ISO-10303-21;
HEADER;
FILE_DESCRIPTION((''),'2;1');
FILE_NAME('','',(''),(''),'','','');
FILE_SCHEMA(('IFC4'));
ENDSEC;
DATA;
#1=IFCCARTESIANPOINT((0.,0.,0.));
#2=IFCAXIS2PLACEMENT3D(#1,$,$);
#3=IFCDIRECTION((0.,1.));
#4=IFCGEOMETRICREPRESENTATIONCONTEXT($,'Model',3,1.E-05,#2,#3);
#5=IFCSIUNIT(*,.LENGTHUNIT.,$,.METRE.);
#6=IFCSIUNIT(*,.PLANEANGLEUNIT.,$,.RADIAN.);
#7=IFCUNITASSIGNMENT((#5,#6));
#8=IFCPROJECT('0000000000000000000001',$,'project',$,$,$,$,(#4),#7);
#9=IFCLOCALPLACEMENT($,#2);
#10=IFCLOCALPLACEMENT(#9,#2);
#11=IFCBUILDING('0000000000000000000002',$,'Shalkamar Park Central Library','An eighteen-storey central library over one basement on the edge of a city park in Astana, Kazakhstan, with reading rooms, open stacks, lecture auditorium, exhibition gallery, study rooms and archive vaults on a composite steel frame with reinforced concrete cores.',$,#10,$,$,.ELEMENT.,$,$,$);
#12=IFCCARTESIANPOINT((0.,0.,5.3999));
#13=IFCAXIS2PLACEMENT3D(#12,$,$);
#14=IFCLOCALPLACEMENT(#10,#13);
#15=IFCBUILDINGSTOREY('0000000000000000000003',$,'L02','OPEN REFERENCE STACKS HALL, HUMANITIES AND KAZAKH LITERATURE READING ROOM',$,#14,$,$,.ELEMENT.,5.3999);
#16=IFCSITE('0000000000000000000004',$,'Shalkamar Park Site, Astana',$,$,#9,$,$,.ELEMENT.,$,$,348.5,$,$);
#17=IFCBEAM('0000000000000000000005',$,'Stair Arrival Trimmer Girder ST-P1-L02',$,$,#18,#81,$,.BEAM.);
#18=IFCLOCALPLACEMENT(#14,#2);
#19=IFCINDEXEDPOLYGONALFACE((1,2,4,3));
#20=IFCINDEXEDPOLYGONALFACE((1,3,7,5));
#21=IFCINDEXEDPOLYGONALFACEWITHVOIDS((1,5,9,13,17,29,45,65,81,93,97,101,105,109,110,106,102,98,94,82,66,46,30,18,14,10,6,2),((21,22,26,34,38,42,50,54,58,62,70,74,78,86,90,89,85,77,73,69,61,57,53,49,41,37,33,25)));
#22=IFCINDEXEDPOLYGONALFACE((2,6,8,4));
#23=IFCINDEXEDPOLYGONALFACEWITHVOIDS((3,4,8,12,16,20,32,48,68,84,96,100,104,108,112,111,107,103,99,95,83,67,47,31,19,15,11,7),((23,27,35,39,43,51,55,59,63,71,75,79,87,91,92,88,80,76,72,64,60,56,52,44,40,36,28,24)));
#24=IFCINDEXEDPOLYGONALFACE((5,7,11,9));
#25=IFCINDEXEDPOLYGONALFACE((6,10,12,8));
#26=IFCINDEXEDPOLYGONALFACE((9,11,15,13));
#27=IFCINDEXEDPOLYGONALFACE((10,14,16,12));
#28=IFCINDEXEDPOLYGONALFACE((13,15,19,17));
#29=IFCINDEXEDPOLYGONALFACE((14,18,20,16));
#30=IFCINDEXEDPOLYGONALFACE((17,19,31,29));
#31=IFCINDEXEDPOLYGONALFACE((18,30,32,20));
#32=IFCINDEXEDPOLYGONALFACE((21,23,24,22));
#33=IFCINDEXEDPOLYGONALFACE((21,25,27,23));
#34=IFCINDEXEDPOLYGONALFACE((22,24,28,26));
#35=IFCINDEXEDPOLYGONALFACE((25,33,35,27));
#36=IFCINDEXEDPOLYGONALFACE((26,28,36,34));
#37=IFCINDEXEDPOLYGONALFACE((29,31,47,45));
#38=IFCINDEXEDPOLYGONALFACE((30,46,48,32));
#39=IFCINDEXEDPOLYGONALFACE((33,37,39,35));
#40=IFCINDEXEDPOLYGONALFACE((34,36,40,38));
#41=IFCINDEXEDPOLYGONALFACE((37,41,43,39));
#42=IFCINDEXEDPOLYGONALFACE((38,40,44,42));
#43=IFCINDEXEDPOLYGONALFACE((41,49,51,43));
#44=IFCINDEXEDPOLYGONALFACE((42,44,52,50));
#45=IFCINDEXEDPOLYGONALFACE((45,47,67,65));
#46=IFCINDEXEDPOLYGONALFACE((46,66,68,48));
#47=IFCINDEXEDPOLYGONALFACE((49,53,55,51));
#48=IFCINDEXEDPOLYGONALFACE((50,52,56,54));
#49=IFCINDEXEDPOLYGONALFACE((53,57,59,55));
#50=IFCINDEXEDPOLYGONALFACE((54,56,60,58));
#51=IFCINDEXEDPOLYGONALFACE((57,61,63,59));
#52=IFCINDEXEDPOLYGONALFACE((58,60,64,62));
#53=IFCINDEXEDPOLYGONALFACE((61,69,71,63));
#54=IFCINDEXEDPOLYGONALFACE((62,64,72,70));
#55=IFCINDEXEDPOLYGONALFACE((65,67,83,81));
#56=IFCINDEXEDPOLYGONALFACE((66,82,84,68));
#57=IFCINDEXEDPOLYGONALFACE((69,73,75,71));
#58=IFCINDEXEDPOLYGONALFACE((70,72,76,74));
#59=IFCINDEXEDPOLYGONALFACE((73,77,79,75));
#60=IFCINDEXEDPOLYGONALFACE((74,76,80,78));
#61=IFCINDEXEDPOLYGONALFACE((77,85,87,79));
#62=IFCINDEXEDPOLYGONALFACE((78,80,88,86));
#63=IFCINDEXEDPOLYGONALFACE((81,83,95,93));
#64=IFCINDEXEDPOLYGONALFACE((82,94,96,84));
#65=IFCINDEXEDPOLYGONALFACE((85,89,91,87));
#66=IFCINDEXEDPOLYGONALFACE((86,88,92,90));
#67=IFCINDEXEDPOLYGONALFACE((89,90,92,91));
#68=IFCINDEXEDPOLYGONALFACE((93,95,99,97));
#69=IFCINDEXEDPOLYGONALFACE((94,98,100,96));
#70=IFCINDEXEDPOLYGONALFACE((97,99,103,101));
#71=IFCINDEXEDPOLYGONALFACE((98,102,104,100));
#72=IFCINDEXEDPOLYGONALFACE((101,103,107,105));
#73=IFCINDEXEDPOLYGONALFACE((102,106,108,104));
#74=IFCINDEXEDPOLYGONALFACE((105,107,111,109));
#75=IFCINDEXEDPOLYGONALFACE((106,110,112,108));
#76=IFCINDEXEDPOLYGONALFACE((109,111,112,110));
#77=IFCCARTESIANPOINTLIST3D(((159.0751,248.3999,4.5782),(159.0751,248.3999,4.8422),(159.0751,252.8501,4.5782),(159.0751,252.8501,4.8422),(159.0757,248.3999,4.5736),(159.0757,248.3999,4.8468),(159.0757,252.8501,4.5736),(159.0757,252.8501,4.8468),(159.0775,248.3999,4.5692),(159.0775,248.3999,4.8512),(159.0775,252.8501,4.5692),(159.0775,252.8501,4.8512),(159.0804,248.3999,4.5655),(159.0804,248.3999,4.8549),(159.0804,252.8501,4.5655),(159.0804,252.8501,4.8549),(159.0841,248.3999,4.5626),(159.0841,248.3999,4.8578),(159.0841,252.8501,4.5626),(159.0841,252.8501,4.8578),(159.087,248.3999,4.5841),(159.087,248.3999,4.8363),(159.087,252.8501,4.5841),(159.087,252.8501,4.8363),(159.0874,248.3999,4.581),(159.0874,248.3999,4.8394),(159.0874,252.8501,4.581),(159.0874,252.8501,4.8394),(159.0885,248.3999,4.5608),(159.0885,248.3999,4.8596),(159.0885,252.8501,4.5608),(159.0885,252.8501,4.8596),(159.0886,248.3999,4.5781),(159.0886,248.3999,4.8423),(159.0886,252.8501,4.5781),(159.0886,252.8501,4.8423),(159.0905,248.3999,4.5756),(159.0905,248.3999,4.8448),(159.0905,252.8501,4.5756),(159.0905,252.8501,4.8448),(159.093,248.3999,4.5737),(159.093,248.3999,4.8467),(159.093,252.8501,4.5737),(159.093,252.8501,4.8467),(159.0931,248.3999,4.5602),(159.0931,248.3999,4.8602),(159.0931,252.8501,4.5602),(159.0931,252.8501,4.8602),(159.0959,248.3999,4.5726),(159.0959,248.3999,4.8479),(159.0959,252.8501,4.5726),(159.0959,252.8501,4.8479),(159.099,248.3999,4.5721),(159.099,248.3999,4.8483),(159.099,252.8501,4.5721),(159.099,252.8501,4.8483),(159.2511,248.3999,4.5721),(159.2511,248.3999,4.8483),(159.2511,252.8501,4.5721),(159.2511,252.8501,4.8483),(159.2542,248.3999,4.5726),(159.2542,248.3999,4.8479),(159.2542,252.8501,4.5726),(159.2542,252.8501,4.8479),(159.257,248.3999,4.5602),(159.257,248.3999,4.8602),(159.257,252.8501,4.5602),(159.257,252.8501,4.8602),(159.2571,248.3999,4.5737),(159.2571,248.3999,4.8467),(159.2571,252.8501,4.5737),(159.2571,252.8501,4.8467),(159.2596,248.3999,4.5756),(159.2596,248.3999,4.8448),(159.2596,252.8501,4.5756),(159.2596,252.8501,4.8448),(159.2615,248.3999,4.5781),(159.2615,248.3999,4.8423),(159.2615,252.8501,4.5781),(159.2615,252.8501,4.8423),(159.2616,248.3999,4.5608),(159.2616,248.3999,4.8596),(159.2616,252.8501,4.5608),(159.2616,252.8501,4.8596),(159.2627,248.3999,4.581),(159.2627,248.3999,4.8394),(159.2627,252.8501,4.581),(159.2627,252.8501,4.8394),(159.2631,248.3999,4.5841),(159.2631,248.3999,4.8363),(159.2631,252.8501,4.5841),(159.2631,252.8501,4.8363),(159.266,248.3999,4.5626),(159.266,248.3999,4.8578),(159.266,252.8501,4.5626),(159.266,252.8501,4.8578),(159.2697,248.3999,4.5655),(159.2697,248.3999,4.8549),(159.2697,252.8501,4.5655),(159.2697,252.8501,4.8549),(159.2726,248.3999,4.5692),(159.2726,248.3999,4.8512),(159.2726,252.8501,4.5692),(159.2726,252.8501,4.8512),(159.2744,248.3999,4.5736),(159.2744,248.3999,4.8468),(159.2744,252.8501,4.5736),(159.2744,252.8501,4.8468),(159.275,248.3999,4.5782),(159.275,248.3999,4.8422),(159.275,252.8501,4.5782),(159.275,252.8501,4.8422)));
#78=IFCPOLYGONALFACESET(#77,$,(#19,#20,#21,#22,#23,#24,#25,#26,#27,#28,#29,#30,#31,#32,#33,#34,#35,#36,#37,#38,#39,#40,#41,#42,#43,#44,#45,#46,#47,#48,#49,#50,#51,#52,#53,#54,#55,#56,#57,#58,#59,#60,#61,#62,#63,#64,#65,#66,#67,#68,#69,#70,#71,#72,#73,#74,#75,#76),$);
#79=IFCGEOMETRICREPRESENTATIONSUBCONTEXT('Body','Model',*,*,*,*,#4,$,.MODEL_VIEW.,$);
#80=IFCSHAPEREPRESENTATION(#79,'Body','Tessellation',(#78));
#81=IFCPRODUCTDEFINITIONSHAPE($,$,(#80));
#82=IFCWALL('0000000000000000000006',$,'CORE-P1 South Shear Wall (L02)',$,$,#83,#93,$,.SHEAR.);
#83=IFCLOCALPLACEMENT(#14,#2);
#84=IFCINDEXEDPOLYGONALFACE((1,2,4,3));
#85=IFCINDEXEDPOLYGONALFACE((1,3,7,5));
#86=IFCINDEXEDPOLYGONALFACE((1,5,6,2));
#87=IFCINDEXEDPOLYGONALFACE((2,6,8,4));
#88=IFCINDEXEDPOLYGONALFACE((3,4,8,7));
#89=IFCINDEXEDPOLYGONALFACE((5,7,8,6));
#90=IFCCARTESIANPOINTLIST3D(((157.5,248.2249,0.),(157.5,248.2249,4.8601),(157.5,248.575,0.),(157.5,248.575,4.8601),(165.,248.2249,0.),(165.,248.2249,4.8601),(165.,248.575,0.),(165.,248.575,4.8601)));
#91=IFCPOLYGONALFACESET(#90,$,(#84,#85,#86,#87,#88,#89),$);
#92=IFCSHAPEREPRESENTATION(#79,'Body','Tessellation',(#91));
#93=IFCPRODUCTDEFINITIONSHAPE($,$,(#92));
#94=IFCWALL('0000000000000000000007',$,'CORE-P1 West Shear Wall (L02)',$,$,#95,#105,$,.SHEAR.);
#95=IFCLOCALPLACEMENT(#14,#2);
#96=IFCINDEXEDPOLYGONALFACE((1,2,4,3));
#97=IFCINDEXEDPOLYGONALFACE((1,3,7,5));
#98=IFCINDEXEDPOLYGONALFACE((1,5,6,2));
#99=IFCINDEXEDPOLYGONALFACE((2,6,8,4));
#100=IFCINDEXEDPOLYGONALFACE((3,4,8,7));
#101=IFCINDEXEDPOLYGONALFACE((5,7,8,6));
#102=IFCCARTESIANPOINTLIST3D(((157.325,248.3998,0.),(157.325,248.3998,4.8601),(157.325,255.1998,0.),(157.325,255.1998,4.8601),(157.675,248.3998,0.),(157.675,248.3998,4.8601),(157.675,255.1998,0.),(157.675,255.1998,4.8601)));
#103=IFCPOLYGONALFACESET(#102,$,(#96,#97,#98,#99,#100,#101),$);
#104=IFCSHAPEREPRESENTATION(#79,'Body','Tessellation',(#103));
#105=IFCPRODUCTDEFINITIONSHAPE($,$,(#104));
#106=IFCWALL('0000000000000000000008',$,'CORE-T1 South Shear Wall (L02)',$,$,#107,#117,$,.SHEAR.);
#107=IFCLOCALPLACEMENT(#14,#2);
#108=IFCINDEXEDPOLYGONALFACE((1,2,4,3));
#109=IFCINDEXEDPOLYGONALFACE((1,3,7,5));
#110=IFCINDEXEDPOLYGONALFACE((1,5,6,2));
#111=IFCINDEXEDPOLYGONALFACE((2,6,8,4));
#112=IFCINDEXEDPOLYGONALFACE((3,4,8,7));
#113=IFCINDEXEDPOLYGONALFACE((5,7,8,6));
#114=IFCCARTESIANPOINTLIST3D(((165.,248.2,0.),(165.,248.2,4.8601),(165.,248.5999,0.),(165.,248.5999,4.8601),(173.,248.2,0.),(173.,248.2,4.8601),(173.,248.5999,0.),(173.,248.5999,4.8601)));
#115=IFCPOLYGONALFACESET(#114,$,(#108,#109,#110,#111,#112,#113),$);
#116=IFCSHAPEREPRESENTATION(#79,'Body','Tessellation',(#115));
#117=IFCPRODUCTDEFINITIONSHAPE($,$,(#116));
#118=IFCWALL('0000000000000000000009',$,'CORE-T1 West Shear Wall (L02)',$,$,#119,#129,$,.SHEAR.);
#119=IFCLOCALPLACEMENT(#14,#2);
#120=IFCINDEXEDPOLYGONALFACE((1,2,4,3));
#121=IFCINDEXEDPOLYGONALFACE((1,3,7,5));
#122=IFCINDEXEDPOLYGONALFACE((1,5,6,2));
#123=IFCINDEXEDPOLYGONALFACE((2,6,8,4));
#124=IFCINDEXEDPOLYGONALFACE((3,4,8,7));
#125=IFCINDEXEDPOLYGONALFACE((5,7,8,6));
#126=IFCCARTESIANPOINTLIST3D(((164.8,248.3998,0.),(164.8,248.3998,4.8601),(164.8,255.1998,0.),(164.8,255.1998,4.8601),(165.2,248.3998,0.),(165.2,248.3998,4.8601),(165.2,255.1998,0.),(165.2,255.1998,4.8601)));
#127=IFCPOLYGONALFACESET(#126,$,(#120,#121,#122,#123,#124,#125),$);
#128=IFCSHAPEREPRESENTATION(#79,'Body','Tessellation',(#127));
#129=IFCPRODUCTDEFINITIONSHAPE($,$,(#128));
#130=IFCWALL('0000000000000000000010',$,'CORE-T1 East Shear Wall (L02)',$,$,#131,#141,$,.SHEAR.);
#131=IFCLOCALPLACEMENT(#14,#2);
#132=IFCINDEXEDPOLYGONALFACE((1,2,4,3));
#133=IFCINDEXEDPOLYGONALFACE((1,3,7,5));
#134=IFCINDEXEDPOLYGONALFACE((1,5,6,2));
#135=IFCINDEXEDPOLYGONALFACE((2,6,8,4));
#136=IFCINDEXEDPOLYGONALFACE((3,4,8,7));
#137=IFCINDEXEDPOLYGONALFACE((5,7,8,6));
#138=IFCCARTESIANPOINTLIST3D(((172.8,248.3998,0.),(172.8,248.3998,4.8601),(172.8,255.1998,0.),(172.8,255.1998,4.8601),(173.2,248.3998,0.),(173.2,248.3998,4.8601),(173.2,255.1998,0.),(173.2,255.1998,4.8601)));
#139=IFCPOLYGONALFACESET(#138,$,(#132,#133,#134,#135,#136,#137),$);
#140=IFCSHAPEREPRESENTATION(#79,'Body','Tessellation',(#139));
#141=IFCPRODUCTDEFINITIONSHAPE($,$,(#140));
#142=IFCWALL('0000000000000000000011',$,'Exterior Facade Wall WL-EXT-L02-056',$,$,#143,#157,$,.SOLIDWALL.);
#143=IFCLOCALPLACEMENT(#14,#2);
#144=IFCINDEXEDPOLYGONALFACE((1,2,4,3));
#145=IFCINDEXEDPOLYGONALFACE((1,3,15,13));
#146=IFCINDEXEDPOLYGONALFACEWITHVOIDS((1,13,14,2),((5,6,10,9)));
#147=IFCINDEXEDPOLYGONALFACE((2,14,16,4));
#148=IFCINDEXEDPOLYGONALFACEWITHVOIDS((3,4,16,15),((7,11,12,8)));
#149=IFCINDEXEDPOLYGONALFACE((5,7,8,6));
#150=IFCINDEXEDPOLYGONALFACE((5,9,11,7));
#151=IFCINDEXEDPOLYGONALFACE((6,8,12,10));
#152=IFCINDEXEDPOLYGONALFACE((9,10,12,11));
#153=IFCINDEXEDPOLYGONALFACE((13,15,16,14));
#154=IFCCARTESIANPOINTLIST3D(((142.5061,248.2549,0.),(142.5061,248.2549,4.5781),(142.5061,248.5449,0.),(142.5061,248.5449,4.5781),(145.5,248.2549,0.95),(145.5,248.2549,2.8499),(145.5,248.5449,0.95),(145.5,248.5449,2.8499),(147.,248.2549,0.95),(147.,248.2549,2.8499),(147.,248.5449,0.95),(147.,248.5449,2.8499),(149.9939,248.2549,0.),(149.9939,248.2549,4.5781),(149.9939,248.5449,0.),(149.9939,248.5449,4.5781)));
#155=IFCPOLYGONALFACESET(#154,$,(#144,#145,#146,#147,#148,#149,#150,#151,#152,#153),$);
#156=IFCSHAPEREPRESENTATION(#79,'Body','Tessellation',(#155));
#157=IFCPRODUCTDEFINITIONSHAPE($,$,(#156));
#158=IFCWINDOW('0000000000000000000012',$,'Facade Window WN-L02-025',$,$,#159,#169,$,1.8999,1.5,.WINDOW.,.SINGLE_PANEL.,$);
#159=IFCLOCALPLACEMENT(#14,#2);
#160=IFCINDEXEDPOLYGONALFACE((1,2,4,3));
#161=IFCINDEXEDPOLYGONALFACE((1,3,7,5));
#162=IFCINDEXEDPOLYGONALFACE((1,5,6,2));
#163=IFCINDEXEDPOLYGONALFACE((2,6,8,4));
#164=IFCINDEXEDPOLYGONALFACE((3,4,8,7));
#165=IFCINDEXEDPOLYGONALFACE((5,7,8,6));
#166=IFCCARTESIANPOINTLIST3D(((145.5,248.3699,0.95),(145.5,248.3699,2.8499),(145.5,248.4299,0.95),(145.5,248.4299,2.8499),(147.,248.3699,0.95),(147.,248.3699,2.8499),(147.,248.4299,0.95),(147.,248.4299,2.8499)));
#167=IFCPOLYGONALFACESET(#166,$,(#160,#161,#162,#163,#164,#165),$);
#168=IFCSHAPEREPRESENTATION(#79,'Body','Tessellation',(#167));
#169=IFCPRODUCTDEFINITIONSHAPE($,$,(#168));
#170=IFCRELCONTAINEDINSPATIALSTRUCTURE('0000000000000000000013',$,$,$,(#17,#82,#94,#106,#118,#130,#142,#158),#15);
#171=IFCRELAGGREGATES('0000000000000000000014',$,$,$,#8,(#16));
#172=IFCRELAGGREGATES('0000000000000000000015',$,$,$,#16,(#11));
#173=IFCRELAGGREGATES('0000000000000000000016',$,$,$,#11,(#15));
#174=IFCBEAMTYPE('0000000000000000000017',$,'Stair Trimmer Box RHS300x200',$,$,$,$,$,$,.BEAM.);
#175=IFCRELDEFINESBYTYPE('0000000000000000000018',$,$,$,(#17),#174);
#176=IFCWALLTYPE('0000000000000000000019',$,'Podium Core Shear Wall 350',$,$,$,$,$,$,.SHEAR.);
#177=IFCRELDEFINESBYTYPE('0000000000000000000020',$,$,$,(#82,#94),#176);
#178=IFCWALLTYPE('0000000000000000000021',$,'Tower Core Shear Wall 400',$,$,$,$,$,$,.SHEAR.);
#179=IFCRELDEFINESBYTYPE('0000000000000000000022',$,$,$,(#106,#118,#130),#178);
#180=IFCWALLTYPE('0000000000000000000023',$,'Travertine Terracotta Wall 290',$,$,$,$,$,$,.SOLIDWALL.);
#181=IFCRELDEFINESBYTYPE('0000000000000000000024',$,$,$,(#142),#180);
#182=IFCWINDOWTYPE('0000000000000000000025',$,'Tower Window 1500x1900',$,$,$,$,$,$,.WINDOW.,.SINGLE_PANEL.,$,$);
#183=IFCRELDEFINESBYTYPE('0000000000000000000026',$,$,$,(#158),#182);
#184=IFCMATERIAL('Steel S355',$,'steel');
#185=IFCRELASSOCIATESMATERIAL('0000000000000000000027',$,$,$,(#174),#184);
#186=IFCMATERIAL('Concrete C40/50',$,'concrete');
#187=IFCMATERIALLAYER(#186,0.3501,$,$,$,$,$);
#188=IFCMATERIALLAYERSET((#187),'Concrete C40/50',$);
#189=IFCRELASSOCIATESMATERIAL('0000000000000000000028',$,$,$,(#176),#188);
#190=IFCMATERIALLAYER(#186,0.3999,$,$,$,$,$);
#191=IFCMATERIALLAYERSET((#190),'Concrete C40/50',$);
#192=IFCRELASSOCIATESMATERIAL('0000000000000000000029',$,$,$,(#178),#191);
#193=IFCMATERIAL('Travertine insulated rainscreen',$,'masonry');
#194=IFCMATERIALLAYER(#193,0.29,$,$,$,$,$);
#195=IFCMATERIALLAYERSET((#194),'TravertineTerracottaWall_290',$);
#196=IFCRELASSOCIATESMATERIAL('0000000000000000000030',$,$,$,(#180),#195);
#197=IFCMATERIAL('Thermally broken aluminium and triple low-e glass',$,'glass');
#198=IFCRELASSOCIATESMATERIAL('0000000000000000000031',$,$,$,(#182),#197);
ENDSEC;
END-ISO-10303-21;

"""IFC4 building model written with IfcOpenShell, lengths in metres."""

from ifc_helpers import new_model, si_unit, direction, frame, frame_2d, origin, origin_2d, place, context, subcontext, project, spatial, rectangle, hollow_rectangle, extrude, material, layer, layer_set, material_profile, profile_set, type_object, element, fill, save


model = new_model("IFC4")

# Units and contexts
model_context = context("Model", 3, precision=1e-05, world=origin(), true_north=direction((0.0, 1.0)))
body_context = subcontext(model_context, "Body", "Model", "MODEL_VIEW")
ifc_project = project(units=[si_unit("LENGTHUNIT", "METRE"), si_unit("PLANEANGLEUNIT", "RADIAN")], contexts=[model_context])

# Site, building, storey
site_placement = place(None, origin())
site = spatial("IfcSite", under=ifc_project, at=site_placement, Name="Shalkamar Park Site, Astana", CompositionType="ELEMENT", RefElevation=348.5)
building_placement = place(site_placement, origin())
building = spatial("IfcBuilding", under=site, at=building_placement, Name="Shalkamar Park Central Library", Description="An eighteen-storey central library over one basement on the edge of a city park in Astana, Kazakhstan, with reading rooms, open stacks, lecture auditorium, exhibition gallery, study rooms and archive vaults on a composite steel frame with reinforced concrete cores.", CompositionType="ELEMENT")
storey_placement = place(building_placement, frame((0.0, 0.0, 5.3999)))
storey = spatial("IfcBuildingStorey", under=building, at=storey_placement, Name="L02", Description="OPEN REFERENCE STACKS HALL, HUMANITIES AND KAZAKH LITERATURE READING ROOM", CompositionType="ELEMENT", Elevation=5.3999)

# Shared definitions
ifc_material_1 = material(Name="Steel S355", Category="steel")

# Beam
ifc_material_profile_1 = material_profile(ifc_material_1, hollow_rectangle(XDim=0.2, YDim=0.3, WallThickness=0.012, InnerFilletRadius=0.012, OuterFilletRadius=0.0181, at=origin_2d()), Name="RHS 300x200x12")
ifc_profile_set_1 = profile_set([ifc_material_profile_1], Name="Steel S355")
beam_type_1 = type_object("IfcBeamType", Name="Stair Trimmer Box RHS300x200", PredefinedType="BEAM", material=ifc_profile_set_1)
beam_1_placement = place(storey_placement, frame((159.175, 248.3999, 4.7102), z_axis=(0.0, 1.0, 0.0), x_axis=(-1.0, 0.0, 0.0)))
element("IfcBeam", 1, at=beam_1_placement, inside=storey, type_object=beam_type_1, Name="Stair Arrival Trimmer Girder ST-P1-L02", PredefinedType="BEAM", context=body_context, shape_type="SweptSolid", body=[
    extrude(hollow_rectangle(XDim=0.2, YDim=0.3, WallThickness=0.012, InnerFilletRadius=0.012, OuterFilletRadius=0.0181, at=origin_2d()), origin(), (0.0, 0.0, 1.0), 4.4502),
])

# Walls
ifc_material_2 = material(Name="Concrete C40/50", Category="concrete")
ifc_layer_1 = layer(ifc_material_2, 0.3501)
ifc_layer_set_1 = layer_set([ifc_layer_1], Name="Concrete C40/50")
wall_type_1 = type_object("IfcWallType", Name="Podium Core Shear Wall 350", PredefinedType="SHEAR", material=ifc_layer_set_1)
wall_1_placement = place(storey_placement, frame((157.5, 248.3999, 0.0), z_axis=(0.0, 0.0, 1.0), x_axis=(1.0, 0.0, 0.0)))
element("IfcWall", 2, at=wall_1_placement, inside=storey, type_object=wall_type_1, Name="CORE-P1 South Shear Wall (L02)", PredefinedType="SHEAR", context=body_context, shape_type="SweptSolid", body=[
    extrude(rectangle(XDim=7.5, YDim=0.3501, at=frame_2d((3.75, 0.0))), origin(), (0.0, 0.0, 1.0), 4.8601),
])
wall_2_placement = place(storey_placement, frame((157.5, 248.3999, 0.0), z_axis=(0.0, 0.0, 1.0), x_axis=(0.0, 1.0, 0.0)))
element("IfcWall", 3, at=wall_2_placement, inside=storey, type_object=wall_type_1, Name="CORE-P1 West Shear Wall (L02)", PredefinedType="SHEAR", context=body_context, shape_type="SweptSolid", body=[
    extrude(rectangle(XDim=6.8, YDim=0.3501, at=frame_2d((3.3999, 0.0))), origin(), (0.0, 0.0, 1.0), 4.8601),
])
ifc_layer_2 = layer(ifc_material_2, 0.3999)
ifc_layer_set_2 = layer_set([ifc_layer_2], Name="Concrete C40/50")
wall_type_2 = type_object("IfcWallType", Name="Tower Core Shear Wall 400", PredefinedType="SHEAR", material=ifc_layer_set_2)
wall_3_placement = place(storey_placement, frame((165.0, 248.3999, 0.0), z_axis=(0.0, 0.0, 1.0), x_axis=(1.0, 0.0, 0.0)))
element("IfcWall", 4, at=wall_3_placement, inside=storey, type_object=wall_type_2, Name="CORE-T1 South Shear Wall (L02)", PredefinedType="SHEAR", context=body_context, shape_type="SweptSolid", body=[
    extrude(rectangle(XDim=8.0, YDim=0.3999, at=frame_2d((4.0, 0.0))), origin(), (0.0, 0.0, 1.0), 4.8601),
])
for number, where, z_axis, x_axis, name in (
    (5, (165.0, 248.3999, 0.0), (0.0, 0.0, 1.0), (0.0, 1.0, 0.0), "CORE-T1 West Shear Wall (L02)"),
    (6, (173.0, 248.3999, 0.0), (0.0, 0.0, 1.0), (0.0, 1.0, 0.0), "CORE-T1 East Shear Wall (L02)"),
):
    element("IfcWall", number, at=place(storey_placement, frame(where, z_axis=z_axis, x_axis=x_axis)), inside=storey, type_object=wall_type_2, Name=name, PredefinedType="SHEAR", context=body_context, shape_type="SweptSolid", body=[
        extrude(rectangle(XDim=6.8, YDim=0.3999, at=frame_2d((3.3999, 0.0))), origin(), (0.0, 0.0, 1.0), 4.8601),
    ])

# Wall, opening, window
ifc_material_3 = material(Name="Travertine insulated rainscreen", Category="masonry")
ifc_layer_3 = layer(ifc_material_3, 0.29)
ifc_layer_set_3 = layer_set([ifc_layer_3], Name="TravertineTerracottaWall_290")
wall_type_3 = type_object("IfcWallType", Name="Travertine Terracotta Wall 290", PredefinedType="SOLIDWALL", material=ifc_layer_set_3)
wall_4_placement = place(storey_placement, frame((142.5061, 248.3999, 0.0), z_axis=(0.0, 0.0, 1.0), x_axis=(1.0, 0.0, 0.0)))
wall_4 = element("IfcWall", 7, at=wall_4_placement, inside=storey, type_object=wall_type_3, Name="Exterior Facade Wall WL-EXT-L02-056", PredefinedType="SOLIDWALL", context=body_context, shape_type="SweptSolid", body=[
    extrude(rectangle(XDim=7.4878, YDim=0.29, at=frame_2d((3.7439, 0.0))), origin(), (0.0, 0.0, 1.0), 4.5781),
])
opening_1_placement = place(wall_4_placement, frame((2.9939, 0.0, 0.95)))
opening_1 = element("IfcOpeningElement", 8, at=opening_1_placement, cuts=wall_4, PredefinedType="OPENING", context=body_context, shape_type="SweptSolid", body=[
    extrude(rectangle(XDim=1.5, YDim=1.8999, at=frame_2d((0.75, 0.95))), frame((0.0, 0.1599, 0.0), z_axis=(0.0, -1.0, 0.0), x_axis=(1.0, 0.0, 0.0)), (0.0, 0.0, 1.0), 0.3198),
])
ifc_material_4 = material(Name="Thermally broken aluminium and triple low-e glass", Category="glass")
window_type_1 = type_object("IfcWindowType", Name="Tower Window 1500x1900", PartitioningType="SINGLE_PANEL", PredefinedType="WINDOW", material=ifc_material_4)
window_1_placement = place(opening_1_placement, origin())
window_1 = element("IfcWindow", 9, at=window_1_placement, inside=storey, type_object=window_type_1, Name="Facade Window WN-L02-025", OverallHeight=1.8999, OverallWidth=1.5, PartitioningType="SINGLE_PANEL", PredefinedType="WINDOW", context=body_context, shape_type="SweptSolid", body=[
    extrude(rectangle(XDim=1.5, YDim=1.8999, at=frame_2d((0.75, 0.95))), frame((0.0, 0.03, 0.0), z_axis=(0.0, -1.0, 0.0), x_axis=(1.0, 0.0, 0.0)), (0.0, 0.0, 1.0), 0.0601),
])
fill(opening_1, window_1)

save(model, "model.ifc")
